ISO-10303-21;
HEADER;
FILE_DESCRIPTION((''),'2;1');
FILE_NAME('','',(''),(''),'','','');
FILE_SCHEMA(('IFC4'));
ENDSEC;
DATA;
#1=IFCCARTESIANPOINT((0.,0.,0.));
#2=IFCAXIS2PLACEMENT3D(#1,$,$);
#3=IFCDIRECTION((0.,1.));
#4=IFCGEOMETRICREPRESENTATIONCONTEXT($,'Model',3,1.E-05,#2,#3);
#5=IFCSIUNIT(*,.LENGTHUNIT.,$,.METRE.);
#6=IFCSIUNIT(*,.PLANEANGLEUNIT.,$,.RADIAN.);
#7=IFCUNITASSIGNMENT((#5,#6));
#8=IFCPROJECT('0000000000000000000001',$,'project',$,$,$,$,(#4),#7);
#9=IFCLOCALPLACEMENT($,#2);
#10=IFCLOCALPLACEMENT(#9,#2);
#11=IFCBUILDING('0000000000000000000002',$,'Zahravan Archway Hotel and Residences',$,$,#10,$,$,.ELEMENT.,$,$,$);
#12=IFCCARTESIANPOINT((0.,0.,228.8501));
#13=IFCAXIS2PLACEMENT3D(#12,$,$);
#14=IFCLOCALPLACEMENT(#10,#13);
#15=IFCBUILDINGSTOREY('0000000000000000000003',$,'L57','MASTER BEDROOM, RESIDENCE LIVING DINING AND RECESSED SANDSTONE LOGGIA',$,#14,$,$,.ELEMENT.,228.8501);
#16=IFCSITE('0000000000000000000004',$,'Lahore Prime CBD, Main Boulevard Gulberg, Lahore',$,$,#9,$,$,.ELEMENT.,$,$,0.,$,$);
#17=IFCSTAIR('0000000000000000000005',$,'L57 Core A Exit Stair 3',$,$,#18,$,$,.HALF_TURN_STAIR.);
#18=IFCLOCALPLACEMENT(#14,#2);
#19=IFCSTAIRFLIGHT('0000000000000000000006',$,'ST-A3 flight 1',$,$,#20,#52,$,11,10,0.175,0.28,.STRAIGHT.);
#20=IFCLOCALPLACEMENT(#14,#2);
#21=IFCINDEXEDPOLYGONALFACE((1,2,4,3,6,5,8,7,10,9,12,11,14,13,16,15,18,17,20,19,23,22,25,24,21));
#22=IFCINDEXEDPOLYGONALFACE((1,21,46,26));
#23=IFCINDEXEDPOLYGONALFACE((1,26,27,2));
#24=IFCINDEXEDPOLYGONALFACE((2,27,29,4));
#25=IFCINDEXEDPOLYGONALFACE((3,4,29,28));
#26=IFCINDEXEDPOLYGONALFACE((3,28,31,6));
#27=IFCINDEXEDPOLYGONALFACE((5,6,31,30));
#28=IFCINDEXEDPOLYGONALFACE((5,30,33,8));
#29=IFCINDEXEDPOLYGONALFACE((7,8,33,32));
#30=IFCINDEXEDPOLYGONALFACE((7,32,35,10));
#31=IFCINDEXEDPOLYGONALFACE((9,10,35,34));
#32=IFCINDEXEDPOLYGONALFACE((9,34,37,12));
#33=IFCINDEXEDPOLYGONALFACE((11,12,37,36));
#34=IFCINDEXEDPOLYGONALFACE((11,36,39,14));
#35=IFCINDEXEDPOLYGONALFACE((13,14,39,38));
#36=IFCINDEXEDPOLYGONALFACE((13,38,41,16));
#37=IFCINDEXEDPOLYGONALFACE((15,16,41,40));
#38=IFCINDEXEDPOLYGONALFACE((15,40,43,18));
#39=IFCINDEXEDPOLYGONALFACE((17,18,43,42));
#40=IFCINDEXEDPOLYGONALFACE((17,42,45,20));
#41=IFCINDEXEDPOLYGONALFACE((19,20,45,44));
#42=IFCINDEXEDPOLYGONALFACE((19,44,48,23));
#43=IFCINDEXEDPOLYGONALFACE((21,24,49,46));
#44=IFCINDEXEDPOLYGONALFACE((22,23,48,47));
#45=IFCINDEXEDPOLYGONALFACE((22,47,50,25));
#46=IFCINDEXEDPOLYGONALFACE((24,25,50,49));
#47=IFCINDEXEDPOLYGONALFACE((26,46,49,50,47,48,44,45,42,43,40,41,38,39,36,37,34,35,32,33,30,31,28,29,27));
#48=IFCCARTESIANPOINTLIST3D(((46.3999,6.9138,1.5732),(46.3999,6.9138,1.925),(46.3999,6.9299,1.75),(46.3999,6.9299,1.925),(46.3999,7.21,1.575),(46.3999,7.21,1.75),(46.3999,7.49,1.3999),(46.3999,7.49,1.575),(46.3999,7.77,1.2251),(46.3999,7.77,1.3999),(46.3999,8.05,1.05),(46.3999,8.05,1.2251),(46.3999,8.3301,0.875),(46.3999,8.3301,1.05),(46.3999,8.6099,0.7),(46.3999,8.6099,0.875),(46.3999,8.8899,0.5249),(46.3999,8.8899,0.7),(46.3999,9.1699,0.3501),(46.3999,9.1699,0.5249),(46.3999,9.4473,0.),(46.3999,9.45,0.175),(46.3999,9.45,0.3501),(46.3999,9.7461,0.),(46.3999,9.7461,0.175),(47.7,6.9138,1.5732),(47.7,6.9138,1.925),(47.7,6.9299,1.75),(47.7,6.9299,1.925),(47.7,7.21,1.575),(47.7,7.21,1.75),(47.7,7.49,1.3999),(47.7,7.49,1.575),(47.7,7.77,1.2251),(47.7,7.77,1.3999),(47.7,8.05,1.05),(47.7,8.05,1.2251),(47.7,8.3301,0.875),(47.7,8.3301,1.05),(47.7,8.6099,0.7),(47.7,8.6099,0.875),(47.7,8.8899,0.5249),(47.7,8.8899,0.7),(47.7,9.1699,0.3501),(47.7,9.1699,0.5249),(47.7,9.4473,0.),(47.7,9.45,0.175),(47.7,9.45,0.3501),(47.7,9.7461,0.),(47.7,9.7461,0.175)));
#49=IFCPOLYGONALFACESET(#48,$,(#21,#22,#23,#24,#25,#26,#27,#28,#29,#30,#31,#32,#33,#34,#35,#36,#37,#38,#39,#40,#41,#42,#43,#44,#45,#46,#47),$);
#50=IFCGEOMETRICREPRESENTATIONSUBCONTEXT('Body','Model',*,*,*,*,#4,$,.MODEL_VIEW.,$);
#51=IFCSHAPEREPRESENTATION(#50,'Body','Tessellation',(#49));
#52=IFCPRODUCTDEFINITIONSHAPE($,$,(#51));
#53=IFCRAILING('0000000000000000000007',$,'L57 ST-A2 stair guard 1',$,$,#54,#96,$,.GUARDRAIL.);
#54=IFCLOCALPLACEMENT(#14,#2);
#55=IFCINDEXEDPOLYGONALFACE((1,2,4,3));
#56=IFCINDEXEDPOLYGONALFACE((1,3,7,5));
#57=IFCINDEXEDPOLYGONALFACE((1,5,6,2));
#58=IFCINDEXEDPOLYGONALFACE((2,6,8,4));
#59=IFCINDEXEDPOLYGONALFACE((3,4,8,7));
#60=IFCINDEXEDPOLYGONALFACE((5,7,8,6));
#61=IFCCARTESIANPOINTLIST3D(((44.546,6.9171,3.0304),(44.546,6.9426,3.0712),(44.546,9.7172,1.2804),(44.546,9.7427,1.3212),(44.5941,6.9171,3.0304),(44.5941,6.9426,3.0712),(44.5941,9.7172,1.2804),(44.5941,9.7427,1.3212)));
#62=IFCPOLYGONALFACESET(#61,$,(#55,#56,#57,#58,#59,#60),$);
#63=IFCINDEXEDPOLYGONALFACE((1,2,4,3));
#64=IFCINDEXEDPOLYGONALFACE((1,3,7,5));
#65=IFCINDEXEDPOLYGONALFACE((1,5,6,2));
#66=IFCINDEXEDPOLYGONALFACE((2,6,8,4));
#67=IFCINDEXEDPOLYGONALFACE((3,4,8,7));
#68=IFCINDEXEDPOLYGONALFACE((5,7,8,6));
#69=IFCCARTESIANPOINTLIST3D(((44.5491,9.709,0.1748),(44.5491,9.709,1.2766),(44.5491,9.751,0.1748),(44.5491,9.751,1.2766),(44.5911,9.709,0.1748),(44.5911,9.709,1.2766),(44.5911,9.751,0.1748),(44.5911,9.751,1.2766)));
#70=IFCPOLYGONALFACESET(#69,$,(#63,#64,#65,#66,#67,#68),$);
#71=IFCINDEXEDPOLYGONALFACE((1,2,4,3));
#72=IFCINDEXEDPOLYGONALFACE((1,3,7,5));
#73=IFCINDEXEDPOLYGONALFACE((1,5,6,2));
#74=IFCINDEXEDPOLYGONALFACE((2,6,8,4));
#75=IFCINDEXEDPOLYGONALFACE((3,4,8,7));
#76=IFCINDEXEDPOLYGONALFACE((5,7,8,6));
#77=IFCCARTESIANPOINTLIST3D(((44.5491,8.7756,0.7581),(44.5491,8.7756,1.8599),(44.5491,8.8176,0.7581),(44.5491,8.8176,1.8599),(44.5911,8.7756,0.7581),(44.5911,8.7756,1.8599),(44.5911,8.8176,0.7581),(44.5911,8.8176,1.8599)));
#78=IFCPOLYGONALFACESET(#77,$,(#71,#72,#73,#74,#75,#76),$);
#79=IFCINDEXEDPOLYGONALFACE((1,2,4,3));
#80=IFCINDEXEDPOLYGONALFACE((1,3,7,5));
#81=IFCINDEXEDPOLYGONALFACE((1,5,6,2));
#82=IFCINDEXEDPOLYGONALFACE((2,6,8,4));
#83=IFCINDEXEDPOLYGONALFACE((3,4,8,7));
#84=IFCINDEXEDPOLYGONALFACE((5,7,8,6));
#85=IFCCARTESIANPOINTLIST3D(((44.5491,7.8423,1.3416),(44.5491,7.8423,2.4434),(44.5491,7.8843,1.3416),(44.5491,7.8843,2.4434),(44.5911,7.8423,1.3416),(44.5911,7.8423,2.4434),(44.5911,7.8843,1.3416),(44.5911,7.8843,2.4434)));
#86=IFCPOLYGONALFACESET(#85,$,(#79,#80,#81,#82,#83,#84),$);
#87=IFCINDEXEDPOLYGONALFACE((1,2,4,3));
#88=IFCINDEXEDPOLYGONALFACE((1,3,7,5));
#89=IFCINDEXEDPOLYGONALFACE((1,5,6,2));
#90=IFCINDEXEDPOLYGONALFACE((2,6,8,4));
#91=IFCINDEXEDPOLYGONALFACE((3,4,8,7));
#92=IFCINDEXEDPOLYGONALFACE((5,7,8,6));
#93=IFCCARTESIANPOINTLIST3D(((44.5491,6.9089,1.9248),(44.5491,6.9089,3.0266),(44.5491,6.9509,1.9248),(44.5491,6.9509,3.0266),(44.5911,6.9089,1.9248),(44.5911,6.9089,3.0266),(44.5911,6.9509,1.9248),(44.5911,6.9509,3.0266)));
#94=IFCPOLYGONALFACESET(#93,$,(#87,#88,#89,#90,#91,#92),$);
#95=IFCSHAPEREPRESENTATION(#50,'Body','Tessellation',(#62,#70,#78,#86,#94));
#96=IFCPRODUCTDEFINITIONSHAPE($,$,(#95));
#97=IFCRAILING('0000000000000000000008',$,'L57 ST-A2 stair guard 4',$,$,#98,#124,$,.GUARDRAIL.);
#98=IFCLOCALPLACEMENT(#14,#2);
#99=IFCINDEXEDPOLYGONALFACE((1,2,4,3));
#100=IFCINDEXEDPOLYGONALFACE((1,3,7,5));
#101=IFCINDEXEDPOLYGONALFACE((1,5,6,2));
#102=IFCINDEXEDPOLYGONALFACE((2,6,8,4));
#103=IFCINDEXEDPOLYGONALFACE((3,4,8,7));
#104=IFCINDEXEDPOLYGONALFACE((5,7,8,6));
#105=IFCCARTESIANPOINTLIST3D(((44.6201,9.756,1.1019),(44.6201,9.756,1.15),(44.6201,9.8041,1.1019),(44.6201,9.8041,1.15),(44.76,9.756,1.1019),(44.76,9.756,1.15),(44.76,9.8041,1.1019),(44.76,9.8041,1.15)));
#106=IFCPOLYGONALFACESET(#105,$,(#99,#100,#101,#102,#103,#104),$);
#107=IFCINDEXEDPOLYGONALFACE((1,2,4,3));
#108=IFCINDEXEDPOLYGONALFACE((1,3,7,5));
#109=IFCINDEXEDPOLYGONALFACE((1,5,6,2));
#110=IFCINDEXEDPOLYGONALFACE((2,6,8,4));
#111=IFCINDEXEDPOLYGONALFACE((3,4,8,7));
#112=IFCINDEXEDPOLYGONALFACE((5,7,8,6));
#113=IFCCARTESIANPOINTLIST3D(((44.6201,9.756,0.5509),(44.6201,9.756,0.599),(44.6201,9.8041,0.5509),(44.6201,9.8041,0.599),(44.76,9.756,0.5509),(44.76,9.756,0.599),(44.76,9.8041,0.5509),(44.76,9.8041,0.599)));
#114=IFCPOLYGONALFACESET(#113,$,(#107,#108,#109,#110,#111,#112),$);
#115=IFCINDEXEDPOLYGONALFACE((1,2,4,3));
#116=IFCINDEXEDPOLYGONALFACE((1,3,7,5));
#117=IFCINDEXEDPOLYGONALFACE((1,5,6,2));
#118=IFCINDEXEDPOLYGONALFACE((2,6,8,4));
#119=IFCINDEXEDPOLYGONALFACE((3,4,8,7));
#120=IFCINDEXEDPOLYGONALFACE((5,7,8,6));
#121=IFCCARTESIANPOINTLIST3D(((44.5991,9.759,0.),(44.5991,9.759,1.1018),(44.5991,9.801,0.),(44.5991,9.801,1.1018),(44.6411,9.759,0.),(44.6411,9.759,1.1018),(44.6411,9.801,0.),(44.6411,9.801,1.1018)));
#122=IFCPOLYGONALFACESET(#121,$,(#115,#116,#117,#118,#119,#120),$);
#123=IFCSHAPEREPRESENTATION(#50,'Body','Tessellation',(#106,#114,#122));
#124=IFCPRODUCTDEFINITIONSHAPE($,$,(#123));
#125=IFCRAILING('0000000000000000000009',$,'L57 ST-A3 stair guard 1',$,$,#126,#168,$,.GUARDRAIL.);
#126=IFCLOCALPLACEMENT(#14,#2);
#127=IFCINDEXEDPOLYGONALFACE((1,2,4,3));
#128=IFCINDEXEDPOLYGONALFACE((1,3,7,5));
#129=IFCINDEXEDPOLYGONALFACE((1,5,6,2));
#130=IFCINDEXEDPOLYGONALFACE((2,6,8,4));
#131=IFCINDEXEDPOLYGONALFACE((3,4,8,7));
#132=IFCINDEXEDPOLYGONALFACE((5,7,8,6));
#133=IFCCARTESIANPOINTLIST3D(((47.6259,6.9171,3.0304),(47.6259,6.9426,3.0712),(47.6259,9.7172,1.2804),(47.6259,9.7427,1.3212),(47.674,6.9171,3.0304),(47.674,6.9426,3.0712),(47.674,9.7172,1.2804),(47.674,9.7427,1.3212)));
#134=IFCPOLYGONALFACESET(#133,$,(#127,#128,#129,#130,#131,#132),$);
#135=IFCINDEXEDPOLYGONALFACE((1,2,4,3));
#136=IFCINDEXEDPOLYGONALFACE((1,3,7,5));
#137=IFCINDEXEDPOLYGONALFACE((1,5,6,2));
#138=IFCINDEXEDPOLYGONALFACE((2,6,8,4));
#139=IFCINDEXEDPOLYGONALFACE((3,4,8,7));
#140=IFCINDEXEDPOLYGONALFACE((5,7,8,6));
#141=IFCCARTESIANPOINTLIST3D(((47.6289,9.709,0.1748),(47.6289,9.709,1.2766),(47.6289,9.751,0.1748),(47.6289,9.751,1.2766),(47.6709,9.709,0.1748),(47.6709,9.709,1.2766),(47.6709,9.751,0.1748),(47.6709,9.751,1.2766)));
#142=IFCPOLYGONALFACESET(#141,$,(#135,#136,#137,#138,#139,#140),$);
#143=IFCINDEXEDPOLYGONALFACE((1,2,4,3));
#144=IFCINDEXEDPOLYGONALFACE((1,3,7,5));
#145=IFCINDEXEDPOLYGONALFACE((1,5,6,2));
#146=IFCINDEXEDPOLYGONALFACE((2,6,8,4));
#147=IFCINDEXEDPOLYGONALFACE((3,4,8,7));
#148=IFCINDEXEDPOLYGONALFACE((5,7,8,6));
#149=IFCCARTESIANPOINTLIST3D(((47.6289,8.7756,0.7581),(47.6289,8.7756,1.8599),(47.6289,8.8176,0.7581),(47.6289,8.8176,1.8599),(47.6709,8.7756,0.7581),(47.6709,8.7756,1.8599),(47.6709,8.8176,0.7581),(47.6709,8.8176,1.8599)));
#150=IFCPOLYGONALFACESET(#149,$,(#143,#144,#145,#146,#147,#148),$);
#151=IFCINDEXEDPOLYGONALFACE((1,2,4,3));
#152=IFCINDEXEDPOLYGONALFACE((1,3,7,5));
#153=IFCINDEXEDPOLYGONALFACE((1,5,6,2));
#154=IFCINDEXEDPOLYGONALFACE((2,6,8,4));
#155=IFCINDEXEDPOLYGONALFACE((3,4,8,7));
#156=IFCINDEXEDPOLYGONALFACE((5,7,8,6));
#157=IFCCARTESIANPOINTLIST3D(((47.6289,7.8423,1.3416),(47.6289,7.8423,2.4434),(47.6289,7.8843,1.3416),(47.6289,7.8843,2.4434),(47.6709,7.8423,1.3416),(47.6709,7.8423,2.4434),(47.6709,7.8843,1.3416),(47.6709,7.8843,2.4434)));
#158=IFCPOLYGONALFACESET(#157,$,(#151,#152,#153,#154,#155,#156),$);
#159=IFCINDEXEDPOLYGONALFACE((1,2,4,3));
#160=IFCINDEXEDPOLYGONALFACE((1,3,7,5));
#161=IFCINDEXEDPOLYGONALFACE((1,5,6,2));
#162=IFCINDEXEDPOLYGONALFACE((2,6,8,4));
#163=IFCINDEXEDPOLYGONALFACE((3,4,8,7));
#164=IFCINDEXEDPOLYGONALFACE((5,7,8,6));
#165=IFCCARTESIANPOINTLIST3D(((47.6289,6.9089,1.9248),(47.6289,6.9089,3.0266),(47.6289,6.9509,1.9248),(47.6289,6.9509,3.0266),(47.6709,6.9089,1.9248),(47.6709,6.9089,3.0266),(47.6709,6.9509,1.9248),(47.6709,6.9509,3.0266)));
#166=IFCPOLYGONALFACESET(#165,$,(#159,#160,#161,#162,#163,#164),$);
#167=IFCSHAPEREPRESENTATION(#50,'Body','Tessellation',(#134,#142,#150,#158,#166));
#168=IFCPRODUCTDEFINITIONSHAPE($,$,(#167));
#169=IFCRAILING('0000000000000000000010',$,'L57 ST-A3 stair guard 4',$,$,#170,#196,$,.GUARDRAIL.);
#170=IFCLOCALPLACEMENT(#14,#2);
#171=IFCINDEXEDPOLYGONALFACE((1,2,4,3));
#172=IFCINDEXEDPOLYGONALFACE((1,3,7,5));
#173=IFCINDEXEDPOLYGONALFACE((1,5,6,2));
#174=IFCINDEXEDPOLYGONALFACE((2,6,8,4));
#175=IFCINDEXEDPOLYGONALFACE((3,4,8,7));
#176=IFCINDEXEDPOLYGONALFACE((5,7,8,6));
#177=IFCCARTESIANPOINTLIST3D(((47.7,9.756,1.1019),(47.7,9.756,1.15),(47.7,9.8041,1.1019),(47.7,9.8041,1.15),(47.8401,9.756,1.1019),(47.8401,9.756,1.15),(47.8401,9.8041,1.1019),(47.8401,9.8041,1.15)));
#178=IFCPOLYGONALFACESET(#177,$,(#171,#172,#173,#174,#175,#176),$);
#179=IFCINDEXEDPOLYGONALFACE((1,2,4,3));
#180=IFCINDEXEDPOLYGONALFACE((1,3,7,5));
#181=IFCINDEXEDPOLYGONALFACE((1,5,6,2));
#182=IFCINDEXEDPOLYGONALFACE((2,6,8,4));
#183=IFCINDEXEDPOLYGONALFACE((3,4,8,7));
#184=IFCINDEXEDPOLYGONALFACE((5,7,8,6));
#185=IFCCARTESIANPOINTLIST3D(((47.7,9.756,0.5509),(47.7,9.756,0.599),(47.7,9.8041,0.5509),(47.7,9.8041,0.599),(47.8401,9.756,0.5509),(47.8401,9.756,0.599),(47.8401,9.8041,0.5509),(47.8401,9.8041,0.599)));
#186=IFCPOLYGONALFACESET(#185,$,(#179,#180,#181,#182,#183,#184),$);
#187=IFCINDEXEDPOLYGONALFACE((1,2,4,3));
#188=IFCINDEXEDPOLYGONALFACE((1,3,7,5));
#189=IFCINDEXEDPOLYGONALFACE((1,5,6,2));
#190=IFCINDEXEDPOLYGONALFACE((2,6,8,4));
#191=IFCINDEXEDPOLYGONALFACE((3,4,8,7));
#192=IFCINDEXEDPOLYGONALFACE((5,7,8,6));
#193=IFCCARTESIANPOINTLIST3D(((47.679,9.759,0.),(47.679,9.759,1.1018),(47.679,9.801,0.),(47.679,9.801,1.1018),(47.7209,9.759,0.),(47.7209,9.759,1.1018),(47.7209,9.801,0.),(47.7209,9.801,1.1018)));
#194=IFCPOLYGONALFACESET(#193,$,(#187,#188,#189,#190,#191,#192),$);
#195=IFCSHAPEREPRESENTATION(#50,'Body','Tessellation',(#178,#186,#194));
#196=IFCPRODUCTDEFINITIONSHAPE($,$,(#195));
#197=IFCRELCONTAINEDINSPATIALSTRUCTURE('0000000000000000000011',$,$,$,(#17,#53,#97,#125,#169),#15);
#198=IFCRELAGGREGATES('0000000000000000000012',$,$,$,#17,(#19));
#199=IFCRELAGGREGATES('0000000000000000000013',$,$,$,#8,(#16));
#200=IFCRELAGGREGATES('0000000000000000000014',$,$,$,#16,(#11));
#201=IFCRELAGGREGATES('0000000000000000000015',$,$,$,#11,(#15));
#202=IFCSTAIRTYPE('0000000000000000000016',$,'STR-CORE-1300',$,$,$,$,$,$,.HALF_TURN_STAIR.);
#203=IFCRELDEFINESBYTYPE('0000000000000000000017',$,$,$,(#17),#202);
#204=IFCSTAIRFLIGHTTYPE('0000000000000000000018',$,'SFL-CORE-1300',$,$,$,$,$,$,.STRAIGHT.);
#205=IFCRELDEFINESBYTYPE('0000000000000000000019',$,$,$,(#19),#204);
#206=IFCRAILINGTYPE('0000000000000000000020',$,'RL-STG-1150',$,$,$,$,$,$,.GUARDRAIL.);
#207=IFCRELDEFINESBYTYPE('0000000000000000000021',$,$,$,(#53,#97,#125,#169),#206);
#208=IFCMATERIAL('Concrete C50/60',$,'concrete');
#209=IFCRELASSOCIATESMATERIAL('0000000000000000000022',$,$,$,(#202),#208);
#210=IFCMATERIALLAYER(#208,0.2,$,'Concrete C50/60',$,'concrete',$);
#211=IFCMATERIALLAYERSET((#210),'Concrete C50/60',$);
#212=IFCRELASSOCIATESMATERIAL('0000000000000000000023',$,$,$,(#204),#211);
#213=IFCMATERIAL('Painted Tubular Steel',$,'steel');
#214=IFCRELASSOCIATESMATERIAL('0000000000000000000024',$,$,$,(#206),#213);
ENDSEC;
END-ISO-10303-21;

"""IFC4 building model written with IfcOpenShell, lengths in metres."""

from ifc_helpers import new_model, si_unit, direction, frame, origin, origin_2d, place, context, subcontext, project, spatial, polyline, rectangle, outline, extrude, source, transform, mapped, material, layer, layer_set, type_object, element, aggregate, save


model = new_model("IFC4")

# Units and contexts
model_context = context("Model", 3, precision=1e-05, world=origin(), true_north=direction((0.0, 1.0)))
body_context = subcontext(model_context, "Body", "Model", "MODEL_VIEW")
ifc_project = project(units=[si_unit("LENGTHUNIT", "METRE"), si_unit("PLANEANGLEUNIT", "RADIAN")], contexts=[model_context])

# Site, building, storey
site_placement = place(None, origin())
site = spatial("IfcSite", under=ifc_project, at=site_placement, Name="Lahore Prime CBD, Main Boulevard Gulberg, Lahore", CompositionType="ELEMENT", RefElevation=0.0)
building_placement = place(site_placement, origin())
building = spatial("IfcBuilding", under=site, at=building_placement, Name="Zahravan Archway Hotel and Residences", CompositionType="ELEMENT")
storey_placement = place(building_placement, frame((0.0, 0.0, 228.8501)))
storey = spatial("IfcBuildingStorey", under=building, at=storey_placement, Name="L57", Description="MASTER BEDROOM, RESIDENCE LIVING DINING AND RECESSED SANDSTONE LOGGIA", CompositionType="ELEMENT", Elevation=228.8501)

# Shared definitions
ifc_material_1 = material(Name="Concrete C50/60", Category="concrete")

# Stair, stair flight
stair_type = type_object("IfcStairType", Name="STR-CORE-1300", PredefinedType="HALF_TURN_STAIR", material=ifc_material_1)
ifc_layer_1 = layer(ifc_material_1, 0.2, Name="Concrete C50/60", Category="concrete")
ifc_layer_set_1 = layer_set([ifc_layer_1], Name="Concrete C50/60")
stair_flight_type = type_object("IfcStairFlightType", Name="SFL-CORE-1300", PredefinedType="STRAIGHT", material=ifc_layer_set_1)
shared_shape_1 = source(origin(), body_context, "Body", "SweptSolid", [
    extrude(outline(polyline([(-0.0161, 0.0), (-0.0161, 0.175), (0.28, 0.175), (0.28, 0.3501), (0.5601, 0.3501), (0.5601, 0.5249), (0.8401, 0.5249), (0.8401, 0.7), (1.1201, 0.7), (1.1201, 0.875), (1.3999, 0.875), (1.3999, 1.05), (1.6799, 1.05), (1.6799, 1.2251), (1.96, 1.2251), (1.96, 1.3999), (2.24, 1.3999), (2.24, 1.575), (2.52, 1.575), (2.52, 1.75), (2.8, 1.75), (2.8, 1.925), (2.8162, 1.925), (2.8162, 1.5732), (0.2827, 0.0), (-0.0161, 0.0)])), frame((0.0, 0.6499, 0.0), z_axis=(0.0, -1.0, 0.0), x_axis=(1.0, 0.0, 0.0)), (0.0, 0.0, 1.0), 1.3),
])
stair_1_placement = place(storey_placement, origin())
stair_1 = element("IfcStair", 1, at=stair_1_placement, inside=storey, type_object=stair_type, Name="L57 Core A Exit Stair 3", PredefinedType="HALF_TURN_STAIR")
stair_flight_1_placement = place(storey_placement, frame((47.05, 9.73, 0.0), z_axis=(0.0, 0.0, 1.0), x_axis=(0.0, -1.0, 0.0)))
stair_flight_1 = element("IfcStairFlight", 2, at=stair_flight_1_placement, type_object=stair_flight_type, Name="ST-A3 flight 1", NumberOfRisers=11, NumberOfTreads=10, PredefinedType="STRAIGHT", RiserHeight=0.175, TreadLength=0.28, context=body_context, shape_type="MappedRepresentation", body=[
    mapped(shared_shape_1, transform((0.0, 0.0, 0.0), scale=1.0)),
])
aggregate(stair_1, [stair_flight_1])

# Railings
ifc_material_2 = material(Name="Painted Tubular Steel", Category="steel")
railing_type_1 = type_object("IfcRailingType", Name="RL-STG-1150", PredefinedType="GUARDRAIL", material=ifc_material_2)
railing_1_placement = place(storey_placement, frame((44.5701, 9.73, 0.1748)))
element("IfcRailing", 3, at=railing_1_placement, inside=storey, type_object=railing_type_1, Name="L57 ST-A2 stair guard 1", PredefinedType="GUARDRAIL", context=body_context, shape_type="SweptSolid", body=[
    extrude(rectangle(XDim=0.0481, YDim=0.0481, at=origin_2d()), frame((0.0, 0.0, 1.126), z_axis=(0.0, -0.848002, 0.529992), x_axis=(1.0, 0.0, 0.0)), (0.0, 0.0, 1.0), 3.302),
    extrude(rectangle(XDim=0.042, YDim=0.042, at=origin_2d()), origin(), (0.0, 0.0, 1.0), 1.1018),
    extrude(rectangle(XDim=0.042, YDim=0.042, at=origin_2d()), frame((0.0, -0.9333, 0.5833)), (0.0, 0.0, 1.0), 1.1018),
    extrude(rectangle(XDim=0.042, YDim=0.042, at=origin_2d()), frame((0.0, -1.8667, 1.1667)), (0.0, 0.0, 1.0), 1.1018),
    extrude(rectangle(XDim=0.042, YDim=0.042, at=origin_2d()), frame((0.0, -2.8, 1.75)), (0.0, 0.0, 1.0), 1.1018),
])
railing_2_placement = place(storey_placement, frame((44.6201, 9.78, 0.0)))
element("IfcRailing", 4, at=railing_2_placement, inside=storey, type_object=railing_type_1, Name="L57 ST-A2 stair guard 4", PredefinedType="GUARDRAIL", context=body_context, shape_type="SweptSolid", body=[
    extrude(rectangle(XDim=0.0481, YDim=0.0481, at=origin_2d()), frame((0.0, 0.0, 1.126), z_axis=(1.0, 0.0, 0.0), x_axis=(0.0, 1.0, 0.0)), (0.0, 0.0, 1.0), 0.1399),
    extrude(rectangle(XDim=0.0481, YDim=0.0481, at=origin_2d()), frame((0.0, 0.0, 0.575), z_axis=(1.0, 0.0, 0.0), x_axis=(0.0, 1.0, 0.0)), (0.0, 0.0, 1.0), 0.1399),
    extrude(rectangle(XDim=0.042, YDim=0.042, at=origin_2d()), origin(), (0.0, 0.0, 1.0), 1.1018),
])
railing_3_placement = place(storey_placement, frame((47.6499, 9.73, 0.1748)))
element("IfcRailing", 5, at=railing_3_placement, inside=storey, type_object=railing_type_1, Name="L57 ST-A3 stair guard 1", PredefinedType="GUARDRAIL", context=body_context, shape_type="SweptSolid", body=[
    extrude(rectangle(XDim=0.0481, YDim=0.0481, at=origin_2d()), frame((0.0, 0.0, 1.126), z_axis=(0.0, -0.848002, 0.529992), x_axis=(1.0, 0.0, 0.0)), (0.0, 0.0, 1.0), 3.302),
    extrude(rectangle(XDim=0.042, YDim=0.042, at=origin_2d()), origin(), (0.0, 0.0, 1.0), 1.1018),
    extrude(rectangle(XDim=0.042, YDim=0.042, at=origin_2d()), frame((0.0, -0.9333, 0.5833)), (0.0, 0.0, 1.0), 1.1018),
    extrude(rectangle(XDim=0.042, YDim=0.042, at=origin_2d()), frame((0.0, -1.8667, 1.1667)), (0.0, 0.0, 1.0), 1.1018),
    extrude(rectangle(XDim=0.042, YDim=0.042, at=origin_2d()), frame((0.0, -2.8, 1.75)), (0.0, 0.0, 1.0), 1.1018),
])
railing_4_placement = place(storey_placement, frame((47.7, 9.78, 0.0)))
element("IfcRailing", 6, at=railing_4_placement, inside=storey, type_object=railing_type_1, Name="L57 ST-A3 stair guard 4", PredefinedType="GUARDRAIL", context=body_context, shape_type="SweptSolid", body=[
    extrude(rectangle(XDim=0.0481, YDim=0.0481, at=origin_2d()), frame((0.0, 0.0, 1.126), z_axis=(1.0, 0.0, 0.0), x_axis=(0.0, 1.0, 0.0)), (0.0, 0.0, 1.0), 0.1401),
    extrude(rectangle(XDim=0.0481, YDim=0.0481, at=origin_2d()), frame((0.0, 0.0, 0.575), z_axis=(1.0, 0.0, 0.0), x_axis=(0.0, 1.0, 0.0)), (0.0, 0.0, 1.0), 0.1401),
    extrude(rectangle(XDim=0.042, YDim=0.042, at=origin_2d()), origin(), (0.0, 0.0, 1.0), 1.1018),
])

save(model, "model.ifc")
